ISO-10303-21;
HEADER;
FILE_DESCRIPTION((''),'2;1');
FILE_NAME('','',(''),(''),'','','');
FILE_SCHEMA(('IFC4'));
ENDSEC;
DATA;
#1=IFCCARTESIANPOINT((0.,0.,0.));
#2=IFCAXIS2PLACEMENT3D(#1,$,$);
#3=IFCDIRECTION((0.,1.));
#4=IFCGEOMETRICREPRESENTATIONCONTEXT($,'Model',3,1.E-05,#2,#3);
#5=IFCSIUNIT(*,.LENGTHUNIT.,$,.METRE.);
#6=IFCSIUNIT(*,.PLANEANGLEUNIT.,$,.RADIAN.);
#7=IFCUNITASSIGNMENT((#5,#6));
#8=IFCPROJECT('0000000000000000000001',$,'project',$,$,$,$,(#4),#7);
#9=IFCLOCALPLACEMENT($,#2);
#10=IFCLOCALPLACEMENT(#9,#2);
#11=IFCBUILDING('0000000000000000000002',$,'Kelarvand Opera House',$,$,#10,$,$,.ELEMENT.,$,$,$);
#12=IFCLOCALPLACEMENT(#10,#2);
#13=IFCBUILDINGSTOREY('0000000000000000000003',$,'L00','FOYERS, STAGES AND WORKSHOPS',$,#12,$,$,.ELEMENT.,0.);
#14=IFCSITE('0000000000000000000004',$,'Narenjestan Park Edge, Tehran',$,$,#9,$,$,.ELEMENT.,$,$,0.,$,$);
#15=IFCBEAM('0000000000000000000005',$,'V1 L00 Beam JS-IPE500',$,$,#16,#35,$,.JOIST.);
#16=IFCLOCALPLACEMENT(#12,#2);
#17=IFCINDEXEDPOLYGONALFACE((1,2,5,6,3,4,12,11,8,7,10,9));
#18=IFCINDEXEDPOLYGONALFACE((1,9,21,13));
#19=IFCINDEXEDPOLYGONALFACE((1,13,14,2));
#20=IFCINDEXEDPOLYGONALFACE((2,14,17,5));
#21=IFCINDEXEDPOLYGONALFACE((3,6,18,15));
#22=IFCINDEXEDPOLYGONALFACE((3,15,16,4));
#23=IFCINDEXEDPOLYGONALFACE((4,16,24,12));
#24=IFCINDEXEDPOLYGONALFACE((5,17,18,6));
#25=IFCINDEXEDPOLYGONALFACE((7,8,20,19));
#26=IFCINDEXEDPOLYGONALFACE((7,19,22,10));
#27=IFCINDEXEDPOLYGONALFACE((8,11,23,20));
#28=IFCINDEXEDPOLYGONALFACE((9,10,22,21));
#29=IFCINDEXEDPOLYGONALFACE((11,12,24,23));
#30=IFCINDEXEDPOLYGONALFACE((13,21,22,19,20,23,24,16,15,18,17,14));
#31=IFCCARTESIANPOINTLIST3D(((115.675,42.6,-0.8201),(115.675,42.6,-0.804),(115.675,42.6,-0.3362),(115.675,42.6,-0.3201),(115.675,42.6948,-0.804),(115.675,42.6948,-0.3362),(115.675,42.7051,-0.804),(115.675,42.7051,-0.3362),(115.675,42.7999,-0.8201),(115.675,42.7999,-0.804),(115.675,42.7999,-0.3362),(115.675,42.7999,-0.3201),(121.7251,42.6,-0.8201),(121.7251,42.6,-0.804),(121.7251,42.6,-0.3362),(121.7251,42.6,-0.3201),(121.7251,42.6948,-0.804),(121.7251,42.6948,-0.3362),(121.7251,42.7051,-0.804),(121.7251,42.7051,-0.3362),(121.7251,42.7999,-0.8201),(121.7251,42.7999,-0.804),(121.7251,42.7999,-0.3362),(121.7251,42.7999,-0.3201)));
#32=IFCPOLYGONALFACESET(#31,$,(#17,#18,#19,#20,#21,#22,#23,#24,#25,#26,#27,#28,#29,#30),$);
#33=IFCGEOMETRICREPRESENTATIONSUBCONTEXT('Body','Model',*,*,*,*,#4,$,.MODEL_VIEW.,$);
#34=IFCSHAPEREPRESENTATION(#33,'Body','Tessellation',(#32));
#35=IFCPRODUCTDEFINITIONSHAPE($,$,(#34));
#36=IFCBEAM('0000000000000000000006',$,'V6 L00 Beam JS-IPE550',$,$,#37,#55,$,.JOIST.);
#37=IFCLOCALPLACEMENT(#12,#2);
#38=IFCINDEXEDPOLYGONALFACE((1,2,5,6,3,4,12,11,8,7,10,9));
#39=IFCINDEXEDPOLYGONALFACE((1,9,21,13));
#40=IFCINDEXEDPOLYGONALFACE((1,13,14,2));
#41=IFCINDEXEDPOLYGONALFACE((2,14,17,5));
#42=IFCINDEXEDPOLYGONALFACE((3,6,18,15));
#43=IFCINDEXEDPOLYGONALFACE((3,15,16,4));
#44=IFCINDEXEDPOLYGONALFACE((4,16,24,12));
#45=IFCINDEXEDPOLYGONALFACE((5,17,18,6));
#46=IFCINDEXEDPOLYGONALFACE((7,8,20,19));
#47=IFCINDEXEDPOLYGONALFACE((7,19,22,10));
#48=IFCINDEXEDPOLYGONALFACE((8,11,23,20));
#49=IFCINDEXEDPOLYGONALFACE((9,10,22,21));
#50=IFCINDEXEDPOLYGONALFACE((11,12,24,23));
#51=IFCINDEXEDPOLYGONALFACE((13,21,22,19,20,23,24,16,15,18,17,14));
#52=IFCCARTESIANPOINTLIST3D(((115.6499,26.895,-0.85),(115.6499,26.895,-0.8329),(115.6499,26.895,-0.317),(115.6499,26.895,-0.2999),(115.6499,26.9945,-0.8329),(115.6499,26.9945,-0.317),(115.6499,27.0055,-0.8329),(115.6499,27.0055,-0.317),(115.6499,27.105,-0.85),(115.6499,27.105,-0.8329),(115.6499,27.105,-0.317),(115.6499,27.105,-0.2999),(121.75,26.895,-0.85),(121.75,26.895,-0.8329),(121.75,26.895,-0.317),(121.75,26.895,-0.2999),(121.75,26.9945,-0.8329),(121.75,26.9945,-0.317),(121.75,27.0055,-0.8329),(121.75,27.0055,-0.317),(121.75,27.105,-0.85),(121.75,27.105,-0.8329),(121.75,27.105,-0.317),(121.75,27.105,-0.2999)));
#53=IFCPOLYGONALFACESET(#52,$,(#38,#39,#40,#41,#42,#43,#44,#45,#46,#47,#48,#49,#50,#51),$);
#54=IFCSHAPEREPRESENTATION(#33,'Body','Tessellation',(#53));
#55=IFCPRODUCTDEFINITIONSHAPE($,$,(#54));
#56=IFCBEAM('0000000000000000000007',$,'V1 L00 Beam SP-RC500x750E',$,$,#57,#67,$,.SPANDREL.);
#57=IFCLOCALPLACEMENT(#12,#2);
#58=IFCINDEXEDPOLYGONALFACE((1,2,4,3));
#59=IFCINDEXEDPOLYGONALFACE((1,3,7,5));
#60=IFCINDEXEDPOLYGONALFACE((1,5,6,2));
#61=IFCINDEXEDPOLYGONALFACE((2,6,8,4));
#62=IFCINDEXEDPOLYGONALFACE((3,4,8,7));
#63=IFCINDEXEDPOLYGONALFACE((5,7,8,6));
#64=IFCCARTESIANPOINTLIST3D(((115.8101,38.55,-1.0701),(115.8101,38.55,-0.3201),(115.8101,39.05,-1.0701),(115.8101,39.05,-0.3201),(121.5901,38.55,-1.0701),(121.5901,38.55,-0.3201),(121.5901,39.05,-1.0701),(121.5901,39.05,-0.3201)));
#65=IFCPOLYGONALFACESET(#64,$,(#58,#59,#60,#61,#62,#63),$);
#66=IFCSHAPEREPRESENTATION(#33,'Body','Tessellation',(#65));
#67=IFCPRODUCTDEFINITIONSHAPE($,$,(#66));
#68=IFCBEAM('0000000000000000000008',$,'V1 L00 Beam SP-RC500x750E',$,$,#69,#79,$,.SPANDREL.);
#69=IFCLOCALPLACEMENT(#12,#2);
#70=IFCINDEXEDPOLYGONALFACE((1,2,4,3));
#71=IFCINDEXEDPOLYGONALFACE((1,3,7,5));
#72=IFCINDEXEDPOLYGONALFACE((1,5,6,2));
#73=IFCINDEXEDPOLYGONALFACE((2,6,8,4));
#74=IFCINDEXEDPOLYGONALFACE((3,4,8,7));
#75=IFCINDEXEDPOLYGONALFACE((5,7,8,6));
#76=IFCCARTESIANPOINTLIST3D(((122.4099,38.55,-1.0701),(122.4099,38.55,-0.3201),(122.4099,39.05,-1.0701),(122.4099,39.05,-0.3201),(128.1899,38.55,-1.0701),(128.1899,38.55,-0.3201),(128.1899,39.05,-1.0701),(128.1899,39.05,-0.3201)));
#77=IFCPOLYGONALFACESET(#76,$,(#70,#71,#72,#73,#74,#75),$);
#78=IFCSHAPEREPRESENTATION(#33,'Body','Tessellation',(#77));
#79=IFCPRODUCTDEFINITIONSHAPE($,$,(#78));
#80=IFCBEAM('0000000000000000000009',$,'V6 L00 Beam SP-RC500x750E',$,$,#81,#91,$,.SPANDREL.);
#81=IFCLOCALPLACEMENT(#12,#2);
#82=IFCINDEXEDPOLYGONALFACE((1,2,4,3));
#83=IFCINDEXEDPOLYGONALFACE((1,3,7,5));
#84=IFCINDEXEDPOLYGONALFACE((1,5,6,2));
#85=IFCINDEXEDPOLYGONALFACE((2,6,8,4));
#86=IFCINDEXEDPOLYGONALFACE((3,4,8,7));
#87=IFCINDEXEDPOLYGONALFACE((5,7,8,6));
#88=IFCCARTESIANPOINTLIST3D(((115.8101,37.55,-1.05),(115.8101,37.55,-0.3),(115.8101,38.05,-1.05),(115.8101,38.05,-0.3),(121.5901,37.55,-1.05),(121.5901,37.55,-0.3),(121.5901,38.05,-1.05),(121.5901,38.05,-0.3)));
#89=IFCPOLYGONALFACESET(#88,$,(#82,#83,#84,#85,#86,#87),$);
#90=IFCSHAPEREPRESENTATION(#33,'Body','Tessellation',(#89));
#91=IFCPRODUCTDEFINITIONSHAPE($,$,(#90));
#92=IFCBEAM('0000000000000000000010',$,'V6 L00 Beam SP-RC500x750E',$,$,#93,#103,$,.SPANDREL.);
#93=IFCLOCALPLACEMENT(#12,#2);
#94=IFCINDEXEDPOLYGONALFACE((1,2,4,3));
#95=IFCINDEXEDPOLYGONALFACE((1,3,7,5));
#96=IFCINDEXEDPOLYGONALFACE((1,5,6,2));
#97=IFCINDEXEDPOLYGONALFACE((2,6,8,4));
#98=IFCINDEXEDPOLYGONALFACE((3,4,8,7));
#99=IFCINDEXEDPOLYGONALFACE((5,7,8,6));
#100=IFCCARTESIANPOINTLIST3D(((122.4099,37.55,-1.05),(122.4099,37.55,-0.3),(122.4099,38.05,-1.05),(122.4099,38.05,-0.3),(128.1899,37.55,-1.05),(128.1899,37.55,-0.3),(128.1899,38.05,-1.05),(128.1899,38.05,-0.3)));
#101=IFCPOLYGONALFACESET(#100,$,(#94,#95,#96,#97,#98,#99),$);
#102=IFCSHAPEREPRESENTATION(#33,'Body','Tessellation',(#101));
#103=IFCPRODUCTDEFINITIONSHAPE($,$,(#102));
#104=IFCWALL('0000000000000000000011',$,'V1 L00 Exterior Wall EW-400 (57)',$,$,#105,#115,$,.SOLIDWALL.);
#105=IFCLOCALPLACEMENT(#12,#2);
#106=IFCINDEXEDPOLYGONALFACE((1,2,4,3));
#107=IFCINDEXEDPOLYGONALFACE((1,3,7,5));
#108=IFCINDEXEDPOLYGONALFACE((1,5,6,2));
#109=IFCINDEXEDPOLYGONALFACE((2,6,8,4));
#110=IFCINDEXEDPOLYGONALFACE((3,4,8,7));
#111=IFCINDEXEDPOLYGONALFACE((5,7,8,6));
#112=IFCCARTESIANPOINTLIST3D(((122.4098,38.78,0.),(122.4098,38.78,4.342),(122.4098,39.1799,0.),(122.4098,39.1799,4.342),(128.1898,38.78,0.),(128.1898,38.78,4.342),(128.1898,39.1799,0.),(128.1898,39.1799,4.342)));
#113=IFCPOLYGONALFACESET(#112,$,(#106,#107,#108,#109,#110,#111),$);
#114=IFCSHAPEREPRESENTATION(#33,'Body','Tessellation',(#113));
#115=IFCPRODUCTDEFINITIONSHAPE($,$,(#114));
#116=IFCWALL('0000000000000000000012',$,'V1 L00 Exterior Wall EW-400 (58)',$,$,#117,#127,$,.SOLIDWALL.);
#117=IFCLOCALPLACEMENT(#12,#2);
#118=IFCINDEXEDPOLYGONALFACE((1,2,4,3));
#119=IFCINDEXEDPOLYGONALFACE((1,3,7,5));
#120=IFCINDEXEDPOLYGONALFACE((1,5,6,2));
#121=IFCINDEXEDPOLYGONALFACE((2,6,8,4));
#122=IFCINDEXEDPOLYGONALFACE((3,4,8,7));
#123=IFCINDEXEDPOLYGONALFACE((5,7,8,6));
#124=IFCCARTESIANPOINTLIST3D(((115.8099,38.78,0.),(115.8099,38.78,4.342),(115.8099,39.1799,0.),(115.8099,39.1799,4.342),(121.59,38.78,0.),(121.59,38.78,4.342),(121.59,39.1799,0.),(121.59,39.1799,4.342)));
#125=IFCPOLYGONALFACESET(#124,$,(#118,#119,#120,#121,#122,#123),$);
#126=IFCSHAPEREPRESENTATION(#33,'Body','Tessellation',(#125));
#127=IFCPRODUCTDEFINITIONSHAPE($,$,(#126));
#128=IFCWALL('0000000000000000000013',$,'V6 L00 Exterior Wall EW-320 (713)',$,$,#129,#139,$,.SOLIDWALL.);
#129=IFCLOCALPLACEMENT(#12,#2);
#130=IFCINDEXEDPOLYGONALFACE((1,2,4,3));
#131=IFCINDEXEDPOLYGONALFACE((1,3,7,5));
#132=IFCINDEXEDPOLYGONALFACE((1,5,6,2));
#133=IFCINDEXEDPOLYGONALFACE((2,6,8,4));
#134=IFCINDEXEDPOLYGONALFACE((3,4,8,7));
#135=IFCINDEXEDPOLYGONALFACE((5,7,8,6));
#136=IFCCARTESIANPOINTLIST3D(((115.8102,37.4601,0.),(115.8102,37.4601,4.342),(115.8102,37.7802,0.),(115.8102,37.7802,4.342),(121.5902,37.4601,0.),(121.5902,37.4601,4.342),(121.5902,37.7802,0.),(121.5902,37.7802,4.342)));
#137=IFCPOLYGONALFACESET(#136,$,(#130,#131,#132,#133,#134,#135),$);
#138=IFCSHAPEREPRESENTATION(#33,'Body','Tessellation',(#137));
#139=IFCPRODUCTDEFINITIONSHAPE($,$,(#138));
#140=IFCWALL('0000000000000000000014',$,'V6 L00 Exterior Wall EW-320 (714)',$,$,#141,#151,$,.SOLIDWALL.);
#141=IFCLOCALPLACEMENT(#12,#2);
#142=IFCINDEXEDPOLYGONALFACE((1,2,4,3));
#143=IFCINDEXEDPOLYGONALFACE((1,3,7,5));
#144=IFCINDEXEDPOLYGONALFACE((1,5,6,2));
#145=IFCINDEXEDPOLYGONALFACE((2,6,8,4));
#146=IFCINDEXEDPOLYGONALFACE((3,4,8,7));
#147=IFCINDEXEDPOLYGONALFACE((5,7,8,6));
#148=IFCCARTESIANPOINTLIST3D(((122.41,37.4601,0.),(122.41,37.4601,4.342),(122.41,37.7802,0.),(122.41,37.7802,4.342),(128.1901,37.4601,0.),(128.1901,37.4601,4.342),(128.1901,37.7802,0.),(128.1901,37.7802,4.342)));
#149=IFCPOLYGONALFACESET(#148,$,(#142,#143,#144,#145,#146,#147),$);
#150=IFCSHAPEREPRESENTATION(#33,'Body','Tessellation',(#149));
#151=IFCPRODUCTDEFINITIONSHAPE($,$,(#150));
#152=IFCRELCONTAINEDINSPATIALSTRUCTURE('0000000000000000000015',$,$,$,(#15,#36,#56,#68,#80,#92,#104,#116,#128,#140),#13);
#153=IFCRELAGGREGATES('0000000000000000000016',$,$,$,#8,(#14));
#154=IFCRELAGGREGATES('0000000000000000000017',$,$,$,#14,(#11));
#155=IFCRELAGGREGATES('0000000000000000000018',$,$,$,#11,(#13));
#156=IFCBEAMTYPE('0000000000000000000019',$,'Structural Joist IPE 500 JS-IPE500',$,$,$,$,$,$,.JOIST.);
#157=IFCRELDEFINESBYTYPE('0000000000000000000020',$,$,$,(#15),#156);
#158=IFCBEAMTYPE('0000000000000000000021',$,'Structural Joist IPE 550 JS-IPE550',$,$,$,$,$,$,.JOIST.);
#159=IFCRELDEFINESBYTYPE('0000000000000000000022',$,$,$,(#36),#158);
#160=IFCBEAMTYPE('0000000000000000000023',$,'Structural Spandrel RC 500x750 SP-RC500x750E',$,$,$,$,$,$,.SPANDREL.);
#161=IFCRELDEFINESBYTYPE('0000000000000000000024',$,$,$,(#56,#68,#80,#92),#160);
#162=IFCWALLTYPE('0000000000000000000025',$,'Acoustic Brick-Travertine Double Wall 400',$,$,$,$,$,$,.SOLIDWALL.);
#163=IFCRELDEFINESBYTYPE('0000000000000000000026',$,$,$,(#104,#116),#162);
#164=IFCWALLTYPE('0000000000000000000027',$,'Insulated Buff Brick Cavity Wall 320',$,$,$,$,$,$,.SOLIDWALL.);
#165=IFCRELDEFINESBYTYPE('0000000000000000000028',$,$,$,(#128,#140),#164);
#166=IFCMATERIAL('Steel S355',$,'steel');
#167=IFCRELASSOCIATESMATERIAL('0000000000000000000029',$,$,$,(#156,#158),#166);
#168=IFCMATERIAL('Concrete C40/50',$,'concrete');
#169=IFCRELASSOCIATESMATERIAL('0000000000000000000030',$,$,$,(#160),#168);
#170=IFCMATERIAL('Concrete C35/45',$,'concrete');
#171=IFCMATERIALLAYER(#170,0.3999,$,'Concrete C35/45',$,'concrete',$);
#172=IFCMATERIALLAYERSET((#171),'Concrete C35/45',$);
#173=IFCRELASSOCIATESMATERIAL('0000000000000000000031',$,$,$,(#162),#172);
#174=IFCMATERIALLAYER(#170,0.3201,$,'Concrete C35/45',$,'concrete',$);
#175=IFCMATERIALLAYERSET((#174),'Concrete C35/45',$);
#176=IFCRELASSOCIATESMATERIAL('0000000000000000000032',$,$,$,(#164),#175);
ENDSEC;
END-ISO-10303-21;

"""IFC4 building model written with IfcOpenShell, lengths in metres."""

from ifc_helpers import new_model, si_unit, direction, frame, frame_2d, origin, origin_2d, place, context, subcontext, project, spatial, rectangle, i_section, extrude, material, layer, layer_set, material_profile, profile_set, type_object, element, save


model = new_model("IFC4")

# Units and contexts
model_context = context("Model", 3, precision=1e-05, world=origin(), true_north=direction((0.0, 1.0)))
body_context = subcontext(model_context, "Body", "Model", "MODEL_VIEW")
ifc_project = project(units=[si_unit("LENGTHUNIT", "METRE"), si_unit("PLANEANGLEUNIT", "RADIAN")], contexts=[model_context])

# Site, building, storey
site_placement = place(None, origin())
site = spatial("IfcSite", under=ifc_project, at=site_placement, Name="Narenjestan Park Edge, Tehran", CompositionType="ELEMENT", RefElevation=0.0)
building_placement = place(site_placement, origin())
building = spatial("IfcBuilding", under=site, at=building_placement, Name="Kelarvand Opera House", CompositionType="ELEMENT")
storey_placement = place(building_placement, origin())
storey = spatial("IfcBuildingStorey", under=building, at=storey_placement, Name="L00", Description="FOYERS, STAGES AND WORKSHOPS", CompositionType="ELEMENT", Elevation=0.0)

# Shared definitions
ifc_material_1 = material(Name="Concrete C40/50", Category="concrete")

# Beams
ifc_material_2 = material(Name="Concrete C35/45", Category="concrete")
ifc_material_3 = material(Name="Steel S355", Category="steel")
ifc_material_profile_1 = material_profile(ifc_material_3, i_section(OverallWidth=0.2, OverallDepth=0.5, WebThickness=0.0103, FlangeThickness=0.0161, at=origin_2d()), Name="IPE 500", Category="steel")
ifc_profile_set_1 = profile_set([ifc_material_profile_1], Name="Steel S355")
beam_type_1 = type_object("IfcBeamType", Name="Structural Joist IPE 500 JS-IPE500", PredefinedType="JOIST", material=ifc_profile_set_1)
beam_1_placement = place(storey_placement, frame((115.675, 42.7, -0.5701), z_axis=(1.0, 0.0, 0.0), x_axis=(0.0, 1.0, 0.0)))
element("IfcBeam", 1, at=beam_1_placement, inside=storey, type_object=beam_type_1, Name="V1 L00 Beam JS-IPE500", PredefinedType="JOIST", context=body_context, shape_type="SweptSolid", body=[
    extrude(i_section(OverallWidth=0.2, OverallDepth=0.5, WebThickness=0.0103, FlangeThickness=0.0161, at=origin_2d()), origin(), (0.0, 0.0, 1.0), 6.05),
])
ifc_material_profile_2 = material_profile(ifc_material_3, i_section(OverallWidth=0.21, OverallDepth=0.55, WebThickness=0.011, FlangeThickness=0.0171, at=origin_2d()), Name="IPE 550", Category="steel")
ifc_profile_set_2 = profile_set([ifc_material_profile_2], Name="Steel S355")
beam_type_2 = type_object("IfcBeamType", Name="Structural Joist IPE 550 JS-IPE550", PredefinedType="JOIST", material=ifc_profile_set_2)
beam_2_placement = place(storey_placement, frame((115.6499, 27.0, -0.575), z_axis=(1.0, 0.0, 0.0), x_axis=(0.0, 1.0, 0.0)))
element("IfcBeam", 2, at=beam_2_placement, inside=storey, type_object=beam_type_2, Name="V6 L00 Beam JS-IPE550", PredefinedType="JOIST", context=body_context, shape_type="SweptSolid", body=[
    extrude(i_section(OverallWidth=0.21, OverallDepth=0.55, WebThickness=0.011, FlangeThickness=0.0171, at=origin_2d()), origin(), (0.0, 0.0, 1.0), 6.1001),
])
ifc_material_profile_3 = material_profile(ifc_material_1, rectangle(XDim=0.5, YDim=0.75, at=origin_2d()), Name="RC 500x750", Category="concrete")
ifc_profile_set_3 = profile_set([ifc_material_profile_3], Name="Concrete C40/50")
beam_type_3 = type_object("IfcBeamType", Name="Structural Spandrel RC 500x750 SP-RC500x750E", PredefinedType="SPANDREL", material=ifc_profile_set_3)
for number, where, z_axis, x_axis, name in (
    (3, (115.8101, 38.8, -0.6951), (1.0, 0.0, 0.0), (0.0, 1.0, 0.0), "V1 L00 Beam SP-RC500x750E"),
    (4, (122.4099, 38.8, -0.6951), (1.0, 0.0, 0.0), (0.0, 1.0, 0.0), "V1 L00 Beam SP-RC500x750E"),
    (5, (115.8101, 37.8, -0.675), (1.0, 0.0, 0.0), (0.0, 1.0, 0.0), "V6 L00 Beam SP-RC500x750E"),
    (6, (122.4099, 37.8, -0.675), (1.0, 0.0, 0.0), (0.0, 1.0, 0.0), "V6 L00 Beam SP-RC500x750E"),
):
    element("IfcBeam", number, at=place(storey_placement, frame(where, z_axis=z_axis, x_axis=x_axis)), inside=storey, type_object=beam_type_3, Name=name, PredefinedType="SPANDREL", context=body_context, shape_type="SweptSolid", body=[
        extrude(rectangle(XDim=0.5, YDim=0.75, at=origin_2d()), origin(), (0.0, 0.0, 1.0), 5.78),
    ])

# Walls
ifc_layer_1 = layer(ifc_material_2, 0.3999, Name="Concrete C35/45", Category="concrete")
ifc_layer_set_1 = layer_set([ifc_layer_1], Name="Concrete C35/45")
wall_type_1 = type_object("IfcWallType", Name="Acoustic Brick-Travertine Double Wall 400", PredefinedType="SOLIDWALL", material=ifc_layer_set_1)
for number, where, z_axis, x_axis, name in (
    (7, (128.1899, 38.98, 0.0), (0.0, 0.0, 1.0), (-1.0, 0.0, 0.0), "V1 L00 Exterior Wall EW-400 (57)"),
    (8, (121.5901, 38.98, 0.0), (0.0, 0.0, 1.0), (-1.0, 0.0, 0.0), "V1 L00 Exterior Wall EW-400 (58)"),
):
    element("IfcWall", number, at=place(storey_placement, frame(where, z_axis=z_axis, x_axis=x_axis)), inside=storey, type_object=wall_type_1, Name=name, PredefinedType="SOLIDWALL", context=body_context, shape_type="SweptSolid", body=[
        extrude(rectangle(XDim=5.78, YDim=0.3999, at=frame_2d((2.8901, 0.0))), origin(), (0.0, 0.0, 1.0), 4.342),
    ])
ifc_layer_2 = layer(ifc_material_2, 0.3201, Name="Concrete C35/45", Category="concrete")
ifc_layer_set_2 = layer_set([ifc_layer_2], Name="Concrete C35/45")
wall_type_2 = type_object("IfcWallType", Name="Insulated Buff Brick Cavity Wall 320", PredefinedType="SOLIDWALL", material=ifc_layer_set_2)
for number, where, z_axis, x_axis, name in (
    (9, (115.8101, 37.6201, 0.0), (0.0, 0.0, 1.0), (1.0, 0.0, 0.0), "V6 L00 Exterior Wall EW-320 (713)"),
    (10, (122.4099, 37.6201, 0.0), (0.0, 0.0, 1.0), (1.0, 0.0, 0.0), "V6 L00 Exterior Wall EW-320 (714)"),
):
    element("IfcWall", number, at=place(storey_placement, frame(where, z_axis=z_axis, x_axis=x_axis)), inside=storey, type_object=wall_type_2, Name=name, PredefinedType="SOLIDWALL", context=body_context, shape_type="SweptSolid", body=[
        extrude(rectangle(XDim=5.78, YDim=0.3201, at=frame_2d((2.8901, 0.0))), origin(), (0.0, 0.0, 1.0), 4.342),
    ])

save(model, "model.ifc")
